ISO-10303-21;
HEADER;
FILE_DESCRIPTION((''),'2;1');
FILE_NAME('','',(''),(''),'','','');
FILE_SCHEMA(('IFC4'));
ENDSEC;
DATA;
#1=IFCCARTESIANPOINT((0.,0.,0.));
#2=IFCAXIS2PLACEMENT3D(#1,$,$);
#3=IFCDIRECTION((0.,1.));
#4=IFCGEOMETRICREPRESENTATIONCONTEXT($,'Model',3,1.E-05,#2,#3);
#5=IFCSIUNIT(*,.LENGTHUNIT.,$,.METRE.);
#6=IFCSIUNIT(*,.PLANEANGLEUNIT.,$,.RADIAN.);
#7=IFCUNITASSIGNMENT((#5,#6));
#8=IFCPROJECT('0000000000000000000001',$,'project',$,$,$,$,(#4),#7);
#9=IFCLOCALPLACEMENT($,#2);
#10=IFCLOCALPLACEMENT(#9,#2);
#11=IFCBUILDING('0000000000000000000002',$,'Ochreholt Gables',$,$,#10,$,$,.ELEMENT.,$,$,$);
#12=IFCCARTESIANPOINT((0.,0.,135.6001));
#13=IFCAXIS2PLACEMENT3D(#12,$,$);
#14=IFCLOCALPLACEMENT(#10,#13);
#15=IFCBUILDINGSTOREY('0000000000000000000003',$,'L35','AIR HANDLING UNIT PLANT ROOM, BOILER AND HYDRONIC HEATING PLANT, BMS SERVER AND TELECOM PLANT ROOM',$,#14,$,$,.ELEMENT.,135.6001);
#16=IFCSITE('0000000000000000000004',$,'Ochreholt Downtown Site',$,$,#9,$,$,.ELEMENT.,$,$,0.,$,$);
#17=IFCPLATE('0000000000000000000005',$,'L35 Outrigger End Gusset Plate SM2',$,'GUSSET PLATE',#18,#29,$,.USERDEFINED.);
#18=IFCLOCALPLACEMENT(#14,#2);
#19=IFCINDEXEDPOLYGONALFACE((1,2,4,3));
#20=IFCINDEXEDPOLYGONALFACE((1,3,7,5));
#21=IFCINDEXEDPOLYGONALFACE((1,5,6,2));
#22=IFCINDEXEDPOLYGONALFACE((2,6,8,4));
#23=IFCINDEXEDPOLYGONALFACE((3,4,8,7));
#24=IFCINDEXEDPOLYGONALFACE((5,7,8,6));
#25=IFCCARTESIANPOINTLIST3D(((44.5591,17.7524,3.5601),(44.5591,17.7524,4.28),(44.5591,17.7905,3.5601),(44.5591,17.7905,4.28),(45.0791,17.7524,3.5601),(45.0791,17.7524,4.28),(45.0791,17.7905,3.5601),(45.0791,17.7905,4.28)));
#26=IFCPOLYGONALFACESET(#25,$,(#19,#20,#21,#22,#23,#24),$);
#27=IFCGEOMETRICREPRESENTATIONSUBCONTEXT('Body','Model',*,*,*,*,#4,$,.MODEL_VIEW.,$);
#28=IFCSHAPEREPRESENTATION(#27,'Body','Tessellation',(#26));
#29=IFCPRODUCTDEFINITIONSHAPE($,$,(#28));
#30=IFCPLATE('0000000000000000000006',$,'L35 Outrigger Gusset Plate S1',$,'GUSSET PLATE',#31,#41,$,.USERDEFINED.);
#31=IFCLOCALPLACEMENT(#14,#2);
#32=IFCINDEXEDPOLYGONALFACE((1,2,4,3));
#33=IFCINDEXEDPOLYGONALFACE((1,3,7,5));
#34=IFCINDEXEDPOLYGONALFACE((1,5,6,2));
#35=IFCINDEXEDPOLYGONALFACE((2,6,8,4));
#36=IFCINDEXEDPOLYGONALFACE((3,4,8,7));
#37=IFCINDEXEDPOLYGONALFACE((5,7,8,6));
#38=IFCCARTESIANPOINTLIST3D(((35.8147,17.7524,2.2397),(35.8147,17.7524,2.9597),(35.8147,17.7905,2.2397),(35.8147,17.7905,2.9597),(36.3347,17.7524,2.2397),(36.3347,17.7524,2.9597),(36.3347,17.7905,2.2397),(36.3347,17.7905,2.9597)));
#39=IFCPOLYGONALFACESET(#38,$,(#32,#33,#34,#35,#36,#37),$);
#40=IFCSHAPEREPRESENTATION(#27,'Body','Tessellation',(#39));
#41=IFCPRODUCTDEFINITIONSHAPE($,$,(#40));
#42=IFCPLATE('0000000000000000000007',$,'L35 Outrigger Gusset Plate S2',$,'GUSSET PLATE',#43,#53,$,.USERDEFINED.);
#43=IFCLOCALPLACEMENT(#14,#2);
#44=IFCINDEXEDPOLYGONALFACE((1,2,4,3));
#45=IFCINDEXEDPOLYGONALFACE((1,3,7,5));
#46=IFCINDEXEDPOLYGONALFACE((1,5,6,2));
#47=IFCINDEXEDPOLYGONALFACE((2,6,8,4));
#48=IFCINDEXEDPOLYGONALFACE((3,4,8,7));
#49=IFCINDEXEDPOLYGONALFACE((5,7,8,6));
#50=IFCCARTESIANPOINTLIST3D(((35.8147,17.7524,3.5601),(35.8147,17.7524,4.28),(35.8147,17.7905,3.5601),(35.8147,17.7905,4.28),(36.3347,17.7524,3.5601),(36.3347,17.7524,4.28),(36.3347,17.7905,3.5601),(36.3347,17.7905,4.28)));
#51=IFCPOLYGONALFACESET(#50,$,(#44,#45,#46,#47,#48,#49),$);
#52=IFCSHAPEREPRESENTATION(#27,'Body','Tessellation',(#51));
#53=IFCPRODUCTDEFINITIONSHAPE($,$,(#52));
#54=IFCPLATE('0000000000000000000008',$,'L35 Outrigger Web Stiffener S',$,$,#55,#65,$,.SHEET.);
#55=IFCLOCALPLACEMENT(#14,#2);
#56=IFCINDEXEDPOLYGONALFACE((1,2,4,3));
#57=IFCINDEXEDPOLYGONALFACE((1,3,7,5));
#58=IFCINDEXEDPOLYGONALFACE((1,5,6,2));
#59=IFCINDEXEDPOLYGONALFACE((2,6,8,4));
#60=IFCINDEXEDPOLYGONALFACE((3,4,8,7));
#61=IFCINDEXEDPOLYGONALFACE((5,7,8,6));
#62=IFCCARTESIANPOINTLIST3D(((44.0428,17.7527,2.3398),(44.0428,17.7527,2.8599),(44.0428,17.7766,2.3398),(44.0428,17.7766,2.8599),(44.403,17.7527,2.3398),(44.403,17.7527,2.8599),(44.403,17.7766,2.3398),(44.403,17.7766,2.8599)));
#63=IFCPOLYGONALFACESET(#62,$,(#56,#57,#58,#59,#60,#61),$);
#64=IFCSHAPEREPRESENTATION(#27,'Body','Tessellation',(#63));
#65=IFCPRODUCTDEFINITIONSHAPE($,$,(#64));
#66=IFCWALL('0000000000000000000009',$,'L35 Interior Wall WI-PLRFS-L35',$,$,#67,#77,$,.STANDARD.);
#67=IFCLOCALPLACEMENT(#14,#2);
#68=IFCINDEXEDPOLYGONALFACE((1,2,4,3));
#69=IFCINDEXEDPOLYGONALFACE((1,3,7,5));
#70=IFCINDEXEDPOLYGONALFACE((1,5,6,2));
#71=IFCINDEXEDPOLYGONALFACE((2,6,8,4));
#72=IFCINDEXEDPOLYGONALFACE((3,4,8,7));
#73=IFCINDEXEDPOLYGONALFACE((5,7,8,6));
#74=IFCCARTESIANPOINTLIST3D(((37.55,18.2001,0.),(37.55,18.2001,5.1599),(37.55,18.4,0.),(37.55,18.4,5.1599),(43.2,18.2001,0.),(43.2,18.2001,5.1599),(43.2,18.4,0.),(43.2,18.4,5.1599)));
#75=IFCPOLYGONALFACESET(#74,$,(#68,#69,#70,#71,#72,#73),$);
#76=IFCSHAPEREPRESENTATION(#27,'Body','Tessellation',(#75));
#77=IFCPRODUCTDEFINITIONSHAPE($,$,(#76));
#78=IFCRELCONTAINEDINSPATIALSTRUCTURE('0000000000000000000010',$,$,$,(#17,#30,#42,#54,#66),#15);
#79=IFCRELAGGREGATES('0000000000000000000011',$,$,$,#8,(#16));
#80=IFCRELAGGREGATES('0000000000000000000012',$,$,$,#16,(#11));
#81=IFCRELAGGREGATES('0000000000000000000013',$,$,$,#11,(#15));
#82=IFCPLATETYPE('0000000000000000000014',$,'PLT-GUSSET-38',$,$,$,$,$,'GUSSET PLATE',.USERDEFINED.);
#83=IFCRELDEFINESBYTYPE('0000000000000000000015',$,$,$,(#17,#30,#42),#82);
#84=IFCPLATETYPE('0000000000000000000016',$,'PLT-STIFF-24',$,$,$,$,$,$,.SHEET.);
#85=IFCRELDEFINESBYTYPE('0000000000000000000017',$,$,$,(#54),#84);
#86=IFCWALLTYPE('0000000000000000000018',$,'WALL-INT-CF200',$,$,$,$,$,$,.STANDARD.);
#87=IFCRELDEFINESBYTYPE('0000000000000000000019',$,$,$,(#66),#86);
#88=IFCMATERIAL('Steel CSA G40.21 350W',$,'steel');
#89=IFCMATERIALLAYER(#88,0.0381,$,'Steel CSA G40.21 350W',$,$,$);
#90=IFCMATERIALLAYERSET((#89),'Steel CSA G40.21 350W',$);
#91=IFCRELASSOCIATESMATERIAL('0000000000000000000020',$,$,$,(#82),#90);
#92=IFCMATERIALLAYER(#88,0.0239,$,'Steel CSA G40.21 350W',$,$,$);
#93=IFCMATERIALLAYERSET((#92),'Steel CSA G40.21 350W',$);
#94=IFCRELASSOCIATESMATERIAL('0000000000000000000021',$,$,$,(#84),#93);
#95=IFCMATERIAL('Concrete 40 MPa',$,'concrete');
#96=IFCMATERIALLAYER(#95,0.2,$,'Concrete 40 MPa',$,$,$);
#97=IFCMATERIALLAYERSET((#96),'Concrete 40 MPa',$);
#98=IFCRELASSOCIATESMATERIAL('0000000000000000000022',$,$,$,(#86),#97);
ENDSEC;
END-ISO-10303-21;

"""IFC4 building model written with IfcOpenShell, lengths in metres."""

from ifc_helpers import new_model, si_unit, direction, frame, frame_2d, origin, origin_2d, place, context, subcontext, project, spatial, rectangle, extrude, material, layer, layer_set, type_object, element, save


model = new_model("IFC4")

# Units and contexts
model_context = context("Model", 3, precision=1e-05, world=origin(), true_north=direction((0.0, 1.0)))
body_context = subcontext(model_context, "Body", "Model", "MODEL_VIEW")
ifc_project = project(units=[si_unit("LENGTHUNIT", "METRE"), si_unit("PLANEANGLEUNIT", "RADIAN")], contexts=[model_context])

# Site, building, storey
site_placement = place(None, origin())
site = spatial("IfcSite", under=ifc_project, at=site_placement, Name="Ochreholt Downtown Site", CompositionType="ELEMENT", RefElevation=0.0)
building_placement = place(site_placement, origin())
building = spatial("IfcBuilding", under=site, at=building_placement, Name="Ochreholt Gables", CompositionType="ELEMENT")
storey_placement = place(building_placement, frame((0.0, 0.0, 135.6001)))
storey = spatial("IfcBuildingStorey", under=building, at=storey_placement, Name="L35", Description="AIR HANDLING UNIT PLANT ROOM, BOILER AND HYDRONIC HEATING PLANT, BMS SERVER AND TELECOM PLANT ROOM", CompositionType="ELEMENT", Elevation=135.6001)

# Shared definitions
ifc_material_1 = material(Name="Steel CSA G40.21 350W", Category="steel")

# Plates
ifc_layer_1 = layer(ifc_material_1, 0.0381, Name="Steel CSA G40.21 350W")
ifc_layer_set_1 = layer_set([ifc_layer_1], Name="Steel CSA G40.21 350W")
plate_type_1 = type_object("IfcPlateType", Name="PLT-GUSSET-38", ElementType="GUSSET PLATE", PredefinedType="USERDEFINED", material=ifc_layer_set_1)
for number, where, z_axis, x_axis, name in (
    (1, (44.8191, 17.7715, 3.5601), (0.0, 0.0, 1.0), (1.0, 0.0, 0.0), "L35 Outrigger End Gusset Plate SM2"),
    (2, (36.0747, 17.7715, 2.2397), (0.0, 0.0, 1.0), (1.0, 0.0, 0.0), "L35 Outrigger Gusset Plate S1"),
    (3, (36.0747, 17.7715, 3.5601), (0.0, 0.0, 1.0), (1.0, 0.0, 0.0), "L35 Outrigger Gusset Plate S2"),
):
    element("IfcPlate", number, at=place(storey_placement, frame(where, z_axis=z_axis, x_axis=x_axis)), inside=storey, type_object=plate_type_1, Name=name, ObjectType="GUSSET PLATE", PredefinedType="USERDEFINED", context=body_context, shape_type="SweptSolid", body=[
        extrude(rectangle(XDim=0.52, YDim=0.0381, at=origin_2d()), origin(), (0.0, 0.0, 1.0), 0.72),
    ])
ifc_layer_2 = layer(ifc_material_1, 0.0239, Name="Steel CSA G40.21 350W")
ifc_layer_set_2 = layer_set([ifc_layer_2], Name="Steel CSA G40.21 350W")
plate_type_2 = type_object("IfcPlateType", Name="PLT-STIFF-24", PredefinedType="SHEET", material=ifc_layer_set_2)
plate_1_placement = place(storey_placement, frame((44.2229, 17.7646, 2.3398), z_axis=(0.0, 0.0, 1.0), x_axis=(1.0, 0.0, 0.0)))
element("IfcPlate", 4, at=plate_1_placement, inside=storey, type_object=plate_type_2, Name="L35 Outrigger Web Stiffener S", PredefinedType="SHEET", context=body_context, shape_type="SweptSolid", body=[
    extrude(rectangle(XDim=0.3601, YDim=0.0239, at=origin_2d()), origin(), (0.0, 0.0, 1.0), 0.52),
])

# Wall
ifc_material_2 = material(Name="Concrete 40 MPa", Category="concrete")
ifc_layer_3 = layer(ifc_material_2, 0.2, Name="Concrete 40 MPa")
ifc_layer_set_3 = layer_set([ifc_layer_3], Name="Concrete 40 MPa")
wall_type = type_object("IfcWallType", Name="WALL-INT-CF200", PredefinedType="STANDARD", material=ifc_layer_set_3)
wall_placement = place(storey_placement, frame((37.55, 18.3, 0.0), z_axis=(0.0, 0.0, 1.0), x_axis=(1.0, 0.0, 0.0)))
element("IfcWall", 5, at=wall_placement, inside=storey, type_object=wall_type, Name="L35 Interior Wall WI-PLRFS-L35", PredefinedType="STANDARD", context=body_context, shape_type="SweptSolid", body=[
    extrude(rectangle(XDim=5.6499, YDim=0.2, at=frame_2d((2.825, 0.0))), origin(), (0.0, 0.0, 1.0), 5.1599),
])

save(model, "model.ifc")
